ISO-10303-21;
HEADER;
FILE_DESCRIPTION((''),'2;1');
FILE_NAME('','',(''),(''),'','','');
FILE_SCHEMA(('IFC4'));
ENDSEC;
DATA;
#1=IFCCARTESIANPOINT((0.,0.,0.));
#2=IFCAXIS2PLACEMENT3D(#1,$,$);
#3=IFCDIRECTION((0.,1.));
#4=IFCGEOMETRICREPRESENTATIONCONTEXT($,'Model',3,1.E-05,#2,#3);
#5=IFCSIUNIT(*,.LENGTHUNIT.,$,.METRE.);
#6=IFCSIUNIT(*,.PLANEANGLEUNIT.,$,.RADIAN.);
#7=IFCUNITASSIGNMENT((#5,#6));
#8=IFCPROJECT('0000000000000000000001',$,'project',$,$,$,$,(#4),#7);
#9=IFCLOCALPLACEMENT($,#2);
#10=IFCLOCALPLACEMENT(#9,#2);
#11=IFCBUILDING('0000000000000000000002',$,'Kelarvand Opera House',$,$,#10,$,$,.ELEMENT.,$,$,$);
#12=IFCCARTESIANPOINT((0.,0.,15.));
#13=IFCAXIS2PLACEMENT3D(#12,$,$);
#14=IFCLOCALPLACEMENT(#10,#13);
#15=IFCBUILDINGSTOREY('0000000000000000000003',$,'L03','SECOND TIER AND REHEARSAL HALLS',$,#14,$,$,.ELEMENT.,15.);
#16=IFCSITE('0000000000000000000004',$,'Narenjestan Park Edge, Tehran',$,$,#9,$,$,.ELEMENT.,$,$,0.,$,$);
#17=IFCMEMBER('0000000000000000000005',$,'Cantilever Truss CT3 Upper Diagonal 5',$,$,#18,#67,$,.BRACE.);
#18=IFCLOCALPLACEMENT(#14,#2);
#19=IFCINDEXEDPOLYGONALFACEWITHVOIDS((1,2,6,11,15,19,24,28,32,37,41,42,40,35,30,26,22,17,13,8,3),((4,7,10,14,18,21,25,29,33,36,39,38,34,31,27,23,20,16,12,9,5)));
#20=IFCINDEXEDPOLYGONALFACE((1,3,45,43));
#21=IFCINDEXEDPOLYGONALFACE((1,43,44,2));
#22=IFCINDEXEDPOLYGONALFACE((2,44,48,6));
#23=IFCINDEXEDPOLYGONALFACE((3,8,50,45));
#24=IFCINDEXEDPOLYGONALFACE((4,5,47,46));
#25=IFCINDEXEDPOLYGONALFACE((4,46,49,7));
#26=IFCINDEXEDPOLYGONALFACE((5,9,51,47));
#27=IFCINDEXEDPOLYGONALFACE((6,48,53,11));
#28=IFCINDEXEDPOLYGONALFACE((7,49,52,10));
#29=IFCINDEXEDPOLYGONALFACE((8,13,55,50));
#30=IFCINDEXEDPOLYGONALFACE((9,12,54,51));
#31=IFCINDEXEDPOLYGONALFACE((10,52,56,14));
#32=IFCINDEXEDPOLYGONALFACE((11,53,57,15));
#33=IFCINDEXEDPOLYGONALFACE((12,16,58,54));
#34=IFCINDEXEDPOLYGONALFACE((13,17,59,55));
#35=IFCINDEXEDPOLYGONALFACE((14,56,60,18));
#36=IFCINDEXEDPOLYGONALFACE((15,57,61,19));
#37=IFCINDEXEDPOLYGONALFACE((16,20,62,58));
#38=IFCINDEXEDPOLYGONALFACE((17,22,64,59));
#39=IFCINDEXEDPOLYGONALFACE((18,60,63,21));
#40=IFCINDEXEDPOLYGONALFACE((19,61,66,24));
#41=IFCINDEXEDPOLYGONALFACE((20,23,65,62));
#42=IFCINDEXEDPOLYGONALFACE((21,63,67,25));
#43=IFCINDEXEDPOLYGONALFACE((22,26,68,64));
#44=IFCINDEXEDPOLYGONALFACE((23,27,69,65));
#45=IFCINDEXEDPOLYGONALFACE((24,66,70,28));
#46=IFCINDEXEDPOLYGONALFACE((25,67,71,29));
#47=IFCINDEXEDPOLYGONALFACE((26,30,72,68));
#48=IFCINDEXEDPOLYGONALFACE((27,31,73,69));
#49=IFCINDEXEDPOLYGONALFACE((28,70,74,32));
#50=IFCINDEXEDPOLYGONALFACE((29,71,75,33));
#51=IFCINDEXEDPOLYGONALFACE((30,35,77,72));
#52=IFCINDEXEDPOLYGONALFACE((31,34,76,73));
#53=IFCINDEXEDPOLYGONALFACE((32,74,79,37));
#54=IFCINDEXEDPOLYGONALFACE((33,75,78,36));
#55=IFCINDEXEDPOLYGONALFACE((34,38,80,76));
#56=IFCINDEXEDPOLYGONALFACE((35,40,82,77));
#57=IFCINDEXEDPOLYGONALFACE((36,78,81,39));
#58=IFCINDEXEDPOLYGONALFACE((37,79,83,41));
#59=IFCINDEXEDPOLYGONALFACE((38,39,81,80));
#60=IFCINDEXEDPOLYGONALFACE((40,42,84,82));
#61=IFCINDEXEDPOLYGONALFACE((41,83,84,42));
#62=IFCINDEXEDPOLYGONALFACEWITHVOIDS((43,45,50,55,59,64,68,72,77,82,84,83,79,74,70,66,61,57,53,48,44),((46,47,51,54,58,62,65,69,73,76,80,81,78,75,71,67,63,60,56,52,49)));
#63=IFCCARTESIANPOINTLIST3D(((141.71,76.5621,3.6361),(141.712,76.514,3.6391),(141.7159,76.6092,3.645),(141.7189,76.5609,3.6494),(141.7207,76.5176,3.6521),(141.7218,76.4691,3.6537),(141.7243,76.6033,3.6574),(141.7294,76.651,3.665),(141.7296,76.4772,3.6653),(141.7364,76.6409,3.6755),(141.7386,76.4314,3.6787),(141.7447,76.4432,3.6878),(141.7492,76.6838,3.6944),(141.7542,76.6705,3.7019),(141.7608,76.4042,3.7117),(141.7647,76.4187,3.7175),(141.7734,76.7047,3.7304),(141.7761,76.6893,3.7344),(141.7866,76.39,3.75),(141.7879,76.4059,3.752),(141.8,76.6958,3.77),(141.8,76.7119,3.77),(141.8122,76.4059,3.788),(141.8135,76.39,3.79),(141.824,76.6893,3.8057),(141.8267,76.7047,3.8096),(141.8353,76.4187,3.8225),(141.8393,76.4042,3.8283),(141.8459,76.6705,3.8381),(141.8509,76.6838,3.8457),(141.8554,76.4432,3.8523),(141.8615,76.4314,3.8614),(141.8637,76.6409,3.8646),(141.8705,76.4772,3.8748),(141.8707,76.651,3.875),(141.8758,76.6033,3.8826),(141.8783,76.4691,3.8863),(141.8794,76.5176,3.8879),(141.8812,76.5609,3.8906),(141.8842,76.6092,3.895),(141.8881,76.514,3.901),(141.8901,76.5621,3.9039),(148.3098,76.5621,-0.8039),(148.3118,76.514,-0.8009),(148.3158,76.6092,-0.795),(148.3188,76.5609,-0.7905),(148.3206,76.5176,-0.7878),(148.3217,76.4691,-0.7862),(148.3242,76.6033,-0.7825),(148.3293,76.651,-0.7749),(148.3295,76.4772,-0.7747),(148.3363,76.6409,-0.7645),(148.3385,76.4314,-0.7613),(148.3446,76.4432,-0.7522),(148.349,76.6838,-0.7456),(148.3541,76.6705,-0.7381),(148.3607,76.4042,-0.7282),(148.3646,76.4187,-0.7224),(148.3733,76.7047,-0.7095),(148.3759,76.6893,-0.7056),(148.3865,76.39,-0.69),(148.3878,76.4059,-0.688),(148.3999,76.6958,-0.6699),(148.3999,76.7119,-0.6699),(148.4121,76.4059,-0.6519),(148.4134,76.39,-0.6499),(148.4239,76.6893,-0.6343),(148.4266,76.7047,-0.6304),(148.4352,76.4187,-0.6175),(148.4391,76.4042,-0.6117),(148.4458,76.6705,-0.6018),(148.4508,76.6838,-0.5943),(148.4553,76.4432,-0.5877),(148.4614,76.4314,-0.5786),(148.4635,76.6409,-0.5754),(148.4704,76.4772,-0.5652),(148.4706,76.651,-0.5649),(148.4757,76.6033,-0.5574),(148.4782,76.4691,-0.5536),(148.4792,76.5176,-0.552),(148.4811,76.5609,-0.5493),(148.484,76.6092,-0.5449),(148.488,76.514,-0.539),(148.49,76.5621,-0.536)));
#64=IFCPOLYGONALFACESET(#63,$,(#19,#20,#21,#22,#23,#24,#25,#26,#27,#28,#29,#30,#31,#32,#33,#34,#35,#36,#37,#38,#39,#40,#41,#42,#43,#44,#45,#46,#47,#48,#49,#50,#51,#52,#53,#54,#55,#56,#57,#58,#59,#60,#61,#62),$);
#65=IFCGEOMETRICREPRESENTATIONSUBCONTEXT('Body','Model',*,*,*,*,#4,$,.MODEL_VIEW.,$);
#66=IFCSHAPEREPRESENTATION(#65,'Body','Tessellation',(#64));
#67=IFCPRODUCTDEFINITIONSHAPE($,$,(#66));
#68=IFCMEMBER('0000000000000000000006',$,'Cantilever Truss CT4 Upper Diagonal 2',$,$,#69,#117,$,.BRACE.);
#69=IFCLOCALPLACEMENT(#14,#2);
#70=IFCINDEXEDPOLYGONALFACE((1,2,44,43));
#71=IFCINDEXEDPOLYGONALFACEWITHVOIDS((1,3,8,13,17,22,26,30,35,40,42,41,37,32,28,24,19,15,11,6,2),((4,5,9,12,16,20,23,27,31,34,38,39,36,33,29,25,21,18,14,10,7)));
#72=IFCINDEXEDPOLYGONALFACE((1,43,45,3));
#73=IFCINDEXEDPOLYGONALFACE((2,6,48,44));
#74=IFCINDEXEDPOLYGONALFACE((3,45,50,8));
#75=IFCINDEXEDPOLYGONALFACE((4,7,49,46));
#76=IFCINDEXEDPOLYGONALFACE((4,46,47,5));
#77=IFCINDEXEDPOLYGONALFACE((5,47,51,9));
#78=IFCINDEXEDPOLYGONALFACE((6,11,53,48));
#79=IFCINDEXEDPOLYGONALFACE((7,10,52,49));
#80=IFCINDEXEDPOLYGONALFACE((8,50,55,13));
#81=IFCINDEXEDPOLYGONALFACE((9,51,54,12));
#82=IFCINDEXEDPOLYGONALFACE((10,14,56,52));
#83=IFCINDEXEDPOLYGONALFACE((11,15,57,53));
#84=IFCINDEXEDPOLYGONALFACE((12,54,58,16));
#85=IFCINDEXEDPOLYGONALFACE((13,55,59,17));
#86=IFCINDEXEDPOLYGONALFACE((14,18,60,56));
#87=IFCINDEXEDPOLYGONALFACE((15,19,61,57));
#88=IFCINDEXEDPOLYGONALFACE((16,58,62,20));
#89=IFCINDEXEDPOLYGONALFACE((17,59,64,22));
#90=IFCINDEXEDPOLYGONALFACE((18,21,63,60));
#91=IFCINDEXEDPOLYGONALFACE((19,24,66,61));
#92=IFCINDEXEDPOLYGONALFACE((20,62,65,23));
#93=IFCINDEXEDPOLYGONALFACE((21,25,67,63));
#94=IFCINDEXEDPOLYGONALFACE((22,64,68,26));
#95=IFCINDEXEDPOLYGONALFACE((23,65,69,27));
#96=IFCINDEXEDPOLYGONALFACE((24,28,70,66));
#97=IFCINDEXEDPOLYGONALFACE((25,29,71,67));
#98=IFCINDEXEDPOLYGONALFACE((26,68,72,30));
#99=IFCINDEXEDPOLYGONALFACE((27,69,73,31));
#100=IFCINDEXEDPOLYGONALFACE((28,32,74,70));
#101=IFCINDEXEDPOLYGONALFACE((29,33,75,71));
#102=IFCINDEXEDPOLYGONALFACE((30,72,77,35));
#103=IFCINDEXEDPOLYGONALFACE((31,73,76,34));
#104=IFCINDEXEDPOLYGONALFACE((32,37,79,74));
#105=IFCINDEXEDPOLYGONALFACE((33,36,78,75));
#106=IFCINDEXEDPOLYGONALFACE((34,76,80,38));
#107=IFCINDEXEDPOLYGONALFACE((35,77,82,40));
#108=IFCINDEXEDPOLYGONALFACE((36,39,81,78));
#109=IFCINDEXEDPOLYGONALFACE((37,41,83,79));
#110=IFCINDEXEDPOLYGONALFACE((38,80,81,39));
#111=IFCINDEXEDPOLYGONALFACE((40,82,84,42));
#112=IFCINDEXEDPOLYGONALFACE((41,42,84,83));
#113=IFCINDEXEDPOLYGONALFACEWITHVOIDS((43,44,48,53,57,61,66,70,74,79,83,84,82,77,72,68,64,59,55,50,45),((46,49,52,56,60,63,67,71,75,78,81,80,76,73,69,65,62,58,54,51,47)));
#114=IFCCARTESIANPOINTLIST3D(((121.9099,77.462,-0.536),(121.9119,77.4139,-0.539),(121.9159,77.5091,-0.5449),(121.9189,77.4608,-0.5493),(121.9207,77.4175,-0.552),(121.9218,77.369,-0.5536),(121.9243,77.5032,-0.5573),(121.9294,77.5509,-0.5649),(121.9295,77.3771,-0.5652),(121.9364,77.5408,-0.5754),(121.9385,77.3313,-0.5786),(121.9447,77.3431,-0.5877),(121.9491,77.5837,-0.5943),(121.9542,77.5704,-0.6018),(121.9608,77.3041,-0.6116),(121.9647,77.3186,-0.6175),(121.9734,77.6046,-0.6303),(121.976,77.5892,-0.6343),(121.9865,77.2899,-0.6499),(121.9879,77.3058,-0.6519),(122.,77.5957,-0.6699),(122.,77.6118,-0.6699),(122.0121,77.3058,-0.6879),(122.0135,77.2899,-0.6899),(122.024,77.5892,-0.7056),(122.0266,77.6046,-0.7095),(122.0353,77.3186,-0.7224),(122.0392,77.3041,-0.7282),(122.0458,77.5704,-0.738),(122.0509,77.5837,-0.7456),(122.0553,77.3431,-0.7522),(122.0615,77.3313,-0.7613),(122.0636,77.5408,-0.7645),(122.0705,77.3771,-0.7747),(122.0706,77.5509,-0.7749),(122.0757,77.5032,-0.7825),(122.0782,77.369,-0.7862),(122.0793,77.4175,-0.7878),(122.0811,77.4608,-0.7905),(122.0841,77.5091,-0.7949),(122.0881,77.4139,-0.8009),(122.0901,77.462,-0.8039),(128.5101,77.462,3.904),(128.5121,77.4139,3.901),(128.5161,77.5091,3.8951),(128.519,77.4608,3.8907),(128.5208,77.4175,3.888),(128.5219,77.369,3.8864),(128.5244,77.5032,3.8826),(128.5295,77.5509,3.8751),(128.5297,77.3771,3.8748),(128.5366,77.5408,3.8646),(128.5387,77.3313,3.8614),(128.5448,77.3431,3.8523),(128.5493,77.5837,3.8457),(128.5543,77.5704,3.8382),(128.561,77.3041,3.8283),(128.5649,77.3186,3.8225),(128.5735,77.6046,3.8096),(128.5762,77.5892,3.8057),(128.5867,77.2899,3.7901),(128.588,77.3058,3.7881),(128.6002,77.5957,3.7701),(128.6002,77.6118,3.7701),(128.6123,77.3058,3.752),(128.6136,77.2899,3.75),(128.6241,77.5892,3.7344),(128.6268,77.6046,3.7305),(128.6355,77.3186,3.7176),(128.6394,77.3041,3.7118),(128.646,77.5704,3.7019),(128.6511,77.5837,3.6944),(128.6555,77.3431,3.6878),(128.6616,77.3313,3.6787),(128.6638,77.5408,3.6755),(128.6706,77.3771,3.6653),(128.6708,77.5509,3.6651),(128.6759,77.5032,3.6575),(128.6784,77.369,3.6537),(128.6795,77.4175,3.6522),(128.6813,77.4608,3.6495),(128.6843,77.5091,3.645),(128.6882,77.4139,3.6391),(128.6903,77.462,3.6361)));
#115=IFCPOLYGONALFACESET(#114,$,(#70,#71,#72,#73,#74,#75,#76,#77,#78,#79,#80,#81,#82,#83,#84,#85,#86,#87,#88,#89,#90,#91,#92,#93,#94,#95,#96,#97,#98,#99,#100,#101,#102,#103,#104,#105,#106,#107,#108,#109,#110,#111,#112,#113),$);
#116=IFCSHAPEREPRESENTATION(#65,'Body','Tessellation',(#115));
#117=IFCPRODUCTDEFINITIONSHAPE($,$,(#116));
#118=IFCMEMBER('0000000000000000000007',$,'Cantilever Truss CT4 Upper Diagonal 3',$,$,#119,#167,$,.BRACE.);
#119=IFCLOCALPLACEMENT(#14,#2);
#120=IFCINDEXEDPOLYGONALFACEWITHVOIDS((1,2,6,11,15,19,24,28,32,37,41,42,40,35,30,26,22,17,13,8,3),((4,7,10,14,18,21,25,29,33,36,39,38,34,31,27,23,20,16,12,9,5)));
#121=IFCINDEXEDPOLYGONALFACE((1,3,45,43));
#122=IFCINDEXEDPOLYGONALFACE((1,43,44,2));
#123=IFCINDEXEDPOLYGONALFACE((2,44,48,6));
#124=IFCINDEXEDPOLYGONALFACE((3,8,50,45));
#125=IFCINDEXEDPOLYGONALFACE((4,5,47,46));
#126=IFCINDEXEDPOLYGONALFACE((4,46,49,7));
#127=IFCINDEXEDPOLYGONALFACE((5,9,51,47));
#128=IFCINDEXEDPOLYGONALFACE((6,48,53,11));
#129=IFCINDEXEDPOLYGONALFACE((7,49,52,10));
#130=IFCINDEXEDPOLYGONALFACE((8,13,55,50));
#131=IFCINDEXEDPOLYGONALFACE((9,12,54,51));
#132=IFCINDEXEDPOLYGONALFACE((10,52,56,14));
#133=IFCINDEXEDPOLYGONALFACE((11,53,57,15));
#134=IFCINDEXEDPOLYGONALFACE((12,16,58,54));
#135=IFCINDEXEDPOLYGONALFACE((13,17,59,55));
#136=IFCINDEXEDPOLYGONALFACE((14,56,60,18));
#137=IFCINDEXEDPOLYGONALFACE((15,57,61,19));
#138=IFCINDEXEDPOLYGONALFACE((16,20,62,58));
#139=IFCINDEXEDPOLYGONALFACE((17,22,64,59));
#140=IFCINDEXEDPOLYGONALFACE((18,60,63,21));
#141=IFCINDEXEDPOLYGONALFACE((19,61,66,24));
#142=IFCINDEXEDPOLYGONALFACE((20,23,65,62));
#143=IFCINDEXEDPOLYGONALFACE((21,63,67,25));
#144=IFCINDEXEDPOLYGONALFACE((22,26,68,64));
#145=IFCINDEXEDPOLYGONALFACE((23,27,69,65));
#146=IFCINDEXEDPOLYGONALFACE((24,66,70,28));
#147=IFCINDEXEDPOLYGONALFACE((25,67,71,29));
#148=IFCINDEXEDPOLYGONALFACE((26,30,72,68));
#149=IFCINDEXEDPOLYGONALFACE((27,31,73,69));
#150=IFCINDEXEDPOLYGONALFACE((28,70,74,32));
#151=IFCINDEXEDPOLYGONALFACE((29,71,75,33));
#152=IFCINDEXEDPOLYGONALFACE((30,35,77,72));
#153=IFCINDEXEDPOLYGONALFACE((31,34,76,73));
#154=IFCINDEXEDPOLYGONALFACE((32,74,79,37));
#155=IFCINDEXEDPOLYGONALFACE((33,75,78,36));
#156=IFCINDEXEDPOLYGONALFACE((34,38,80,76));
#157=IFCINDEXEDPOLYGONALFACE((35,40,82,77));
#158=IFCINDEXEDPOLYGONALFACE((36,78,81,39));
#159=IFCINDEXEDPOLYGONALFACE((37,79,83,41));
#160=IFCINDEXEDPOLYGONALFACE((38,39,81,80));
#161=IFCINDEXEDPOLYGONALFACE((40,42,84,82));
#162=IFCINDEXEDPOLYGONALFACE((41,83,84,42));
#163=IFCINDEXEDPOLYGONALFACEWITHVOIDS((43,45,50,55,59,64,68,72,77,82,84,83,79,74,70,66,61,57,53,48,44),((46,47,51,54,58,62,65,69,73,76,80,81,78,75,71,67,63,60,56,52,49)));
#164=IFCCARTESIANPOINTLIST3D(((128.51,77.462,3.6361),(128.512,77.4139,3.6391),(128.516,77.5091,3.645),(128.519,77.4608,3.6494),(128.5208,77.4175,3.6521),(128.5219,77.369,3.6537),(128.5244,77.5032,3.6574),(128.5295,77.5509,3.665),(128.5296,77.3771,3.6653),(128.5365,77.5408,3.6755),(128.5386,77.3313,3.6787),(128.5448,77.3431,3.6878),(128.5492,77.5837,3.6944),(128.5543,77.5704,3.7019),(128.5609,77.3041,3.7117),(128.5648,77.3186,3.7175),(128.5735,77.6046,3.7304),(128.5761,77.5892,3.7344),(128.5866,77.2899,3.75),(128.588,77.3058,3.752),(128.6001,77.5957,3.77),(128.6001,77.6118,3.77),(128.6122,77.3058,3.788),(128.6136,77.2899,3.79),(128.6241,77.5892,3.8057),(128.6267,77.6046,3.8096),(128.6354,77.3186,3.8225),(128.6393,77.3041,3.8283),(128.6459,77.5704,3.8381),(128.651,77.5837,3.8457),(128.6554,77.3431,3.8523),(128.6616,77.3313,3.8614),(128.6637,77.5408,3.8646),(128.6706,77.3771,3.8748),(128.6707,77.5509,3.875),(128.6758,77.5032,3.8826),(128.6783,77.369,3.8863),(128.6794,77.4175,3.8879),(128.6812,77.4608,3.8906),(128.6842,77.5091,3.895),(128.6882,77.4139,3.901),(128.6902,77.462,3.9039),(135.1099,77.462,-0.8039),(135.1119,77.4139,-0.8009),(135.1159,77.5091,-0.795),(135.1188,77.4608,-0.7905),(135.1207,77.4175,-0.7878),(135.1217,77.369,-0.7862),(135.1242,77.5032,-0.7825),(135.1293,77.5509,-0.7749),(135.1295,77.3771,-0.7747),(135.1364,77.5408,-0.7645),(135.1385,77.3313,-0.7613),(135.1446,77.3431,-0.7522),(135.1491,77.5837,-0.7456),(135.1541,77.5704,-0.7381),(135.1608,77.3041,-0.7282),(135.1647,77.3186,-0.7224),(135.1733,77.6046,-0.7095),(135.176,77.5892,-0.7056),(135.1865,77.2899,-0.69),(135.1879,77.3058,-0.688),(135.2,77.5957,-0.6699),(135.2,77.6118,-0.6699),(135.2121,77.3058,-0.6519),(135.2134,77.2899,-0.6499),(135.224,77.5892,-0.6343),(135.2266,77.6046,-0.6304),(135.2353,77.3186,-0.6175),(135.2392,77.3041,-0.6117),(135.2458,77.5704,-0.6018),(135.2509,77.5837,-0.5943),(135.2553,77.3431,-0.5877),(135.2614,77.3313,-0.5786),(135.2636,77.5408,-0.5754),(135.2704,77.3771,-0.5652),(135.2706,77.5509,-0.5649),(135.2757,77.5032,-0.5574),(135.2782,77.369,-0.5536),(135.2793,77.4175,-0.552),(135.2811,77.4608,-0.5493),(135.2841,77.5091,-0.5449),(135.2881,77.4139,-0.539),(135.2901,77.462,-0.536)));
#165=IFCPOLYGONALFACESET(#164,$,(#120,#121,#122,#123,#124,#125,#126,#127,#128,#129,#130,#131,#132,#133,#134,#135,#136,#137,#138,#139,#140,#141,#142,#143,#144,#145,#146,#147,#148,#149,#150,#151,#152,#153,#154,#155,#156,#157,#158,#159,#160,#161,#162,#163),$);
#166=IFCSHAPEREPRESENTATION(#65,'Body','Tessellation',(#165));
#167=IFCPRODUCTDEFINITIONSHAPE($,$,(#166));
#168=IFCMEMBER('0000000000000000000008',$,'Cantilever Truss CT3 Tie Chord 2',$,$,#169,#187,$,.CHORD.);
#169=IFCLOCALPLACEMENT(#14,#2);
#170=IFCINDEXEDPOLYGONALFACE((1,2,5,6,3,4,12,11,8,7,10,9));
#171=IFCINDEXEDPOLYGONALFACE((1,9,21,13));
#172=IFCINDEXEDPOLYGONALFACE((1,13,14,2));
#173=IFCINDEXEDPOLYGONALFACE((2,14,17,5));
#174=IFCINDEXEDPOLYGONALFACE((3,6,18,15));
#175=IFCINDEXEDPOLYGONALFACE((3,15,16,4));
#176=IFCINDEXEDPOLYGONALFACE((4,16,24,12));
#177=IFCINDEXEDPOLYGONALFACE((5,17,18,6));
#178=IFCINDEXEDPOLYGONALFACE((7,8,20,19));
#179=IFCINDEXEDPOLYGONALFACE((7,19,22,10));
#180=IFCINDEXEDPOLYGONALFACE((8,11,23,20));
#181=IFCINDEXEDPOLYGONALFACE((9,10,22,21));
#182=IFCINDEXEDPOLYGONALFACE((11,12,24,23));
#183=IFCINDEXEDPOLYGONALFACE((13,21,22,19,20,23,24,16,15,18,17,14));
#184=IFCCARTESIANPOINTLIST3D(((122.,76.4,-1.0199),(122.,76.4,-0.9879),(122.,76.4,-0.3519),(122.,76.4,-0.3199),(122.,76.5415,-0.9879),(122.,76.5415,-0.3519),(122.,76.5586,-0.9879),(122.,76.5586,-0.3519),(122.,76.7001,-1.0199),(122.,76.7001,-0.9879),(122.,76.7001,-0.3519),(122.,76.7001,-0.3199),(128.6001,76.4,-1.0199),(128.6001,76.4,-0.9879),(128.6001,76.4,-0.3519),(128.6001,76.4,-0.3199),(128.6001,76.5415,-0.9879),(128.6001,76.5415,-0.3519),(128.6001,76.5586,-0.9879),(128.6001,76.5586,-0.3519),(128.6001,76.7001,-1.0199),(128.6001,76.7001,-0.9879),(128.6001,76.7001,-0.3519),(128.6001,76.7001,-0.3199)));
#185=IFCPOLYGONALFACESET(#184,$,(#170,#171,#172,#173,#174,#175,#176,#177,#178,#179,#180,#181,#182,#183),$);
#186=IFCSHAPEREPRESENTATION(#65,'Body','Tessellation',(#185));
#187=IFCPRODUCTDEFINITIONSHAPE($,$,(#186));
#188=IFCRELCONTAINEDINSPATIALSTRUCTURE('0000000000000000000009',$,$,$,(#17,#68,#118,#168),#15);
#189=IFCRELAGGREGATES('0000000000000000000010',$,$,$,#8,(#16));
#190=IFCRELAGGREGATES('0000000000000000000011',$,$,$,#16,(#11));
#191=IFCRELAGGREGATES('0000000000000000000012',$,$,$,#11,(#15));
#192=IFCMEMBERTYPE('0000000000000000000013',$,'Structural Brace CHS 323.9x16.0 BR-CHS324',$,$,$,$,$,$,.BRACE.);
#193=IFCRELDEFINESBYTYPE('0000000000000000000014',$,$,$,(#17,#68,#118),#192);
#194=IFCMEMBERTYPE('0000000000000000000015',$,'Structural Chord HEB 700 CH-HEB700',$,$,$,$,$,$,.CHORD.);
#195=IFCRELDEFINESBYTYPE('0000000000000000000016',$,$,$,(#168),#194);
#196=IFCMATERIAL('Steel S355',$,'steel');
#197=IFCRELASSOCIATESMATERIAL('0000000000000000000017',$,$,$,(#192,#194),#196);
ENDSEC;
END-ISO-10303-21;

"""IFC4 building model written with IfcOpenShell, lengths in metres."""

from ifc_helpers import new_model, si_unit, direction, frame, origin, origin_2d, place, context, subcontext, project, spatial, hollow_circle, i_section, extrude, material, material_profile, profile_set, type_object, element, save


model = new_model("IFC4")

# Units and contexts
model_context = context("Model", 3, precision=1e-05, world=origin(), true_north=direction((0.0, 1.0)))
body_context = subcontext(model_context, "Body", "Model", "MODEL_VIEW")
ifc_project = project(units=[si_unit("LENGTHUNIT", "METRE"), si_unit("PLANEANGLEUNIT", "RADIAN")], contexts=[model_context])

# Site, building, storey
site_placement = place(None, origin())
site = spatial("IfcSite", under=ifc_project, at=site_placement, Name="Narenjestan Park Edge, Tehran", CompositionType="ELEMENT", RefElevation=0.0)
building_placement = place(site_placement, origin())
building = spatial("IfcBuilding", under=site, at=building_placement, Name="Kelarvand Opera House", CompositionType="ELEMENT")
storey_placement = place(building_placement, frame((0.0, 0.0, 15.0)))
storey = spatial("IfcBuildingStorey", under=building, at=storey_placement, Name="L03", Description="SECOND TIER AND REHEARSAL HALLS", CompositionType="ELEMENT", Elevation=15.0)

# Members
ifc_material = material(Name="Steel S355", Category="steel")
ifc_material_profile_1 = material_profile(ifc_material, hollow_circle(Radius=0.1619, WallThickness=0.0161, at=origin_2d()), Name="CHS 323.9x16.0", Category="steel")
ifc_profile_set_1 = profile_set([ifc_material_profile_1], Name="Steel S355")
member_type_1 = type_object("IfcMemberType", Name="Structural Brace CHS 323.9x16.0 BR-CHS324", PredefinedType="BRACE", material=ifc_profile_set_1)
member_1_placement = place(storey_placement, frame((141.8, 76.55, 3.77), z_axis=(0.82972, 0.0, -0.55818), x_axis=(0.0, 1.0, 0.0)))
element("IfcMember", 1, at=member_1_placement, inside=storey, type_object=member_type_1, Name="Cantilever Truss CT3 Upper Diagonal 5", PredefinedType="BRACE", context=body_context, shape_type="SweptSolid", body=[
    extrude(hollow_circle(Radius=0.1619, WallThickness=0.0161, at=origin_2d()), origin(), (0.0, 0.0, 1.0), 7.9543),
])
member_2_placement = place(storey_placement, frame((122.0, 77.45, -0.6699), z_axis=(0.829729, 0.0, 0.558166), x_axis=(0.0, 1.0, 0.0)))
element("IfcMember", 2, at=member_2_placement, inside=storey, type_object=member_type_1, Name="Cantilever Truss CT4 Upper Diagonal 2", PredefinedType="BRACE", context=body_context, shape_type="SweptSolid", body=[
    extrude(hollow_circle(Radius=0.1619, WallThickness=0.0161, at=origin_2d()), origin(), (0.0, 0.0, 1.0), 7.9546),
])
member_3_placement = place(storey_placement, frame((128.6001, 77.45, 3.77), z_axis=(0.82972, 0.0, -0.55818), x_axis=(0.0, 1.0, 0.0)))
element("IfcMember", 3, at=member_3_placement, inside=storey, type_object=member_type_1, Name="Cantilever Truss CT4 Upper Diagonal 3", PredefinedType="BRACE", context=body_context, shape_type="SweptSolid", body=[
    extrude(hollow_circle(Radius=0.1619, WallThickness=0.0161, at=origin_2d()), origin(), (0.0, 0.0, 1.0), 7.9543),
])
ifc_material_profile_2 = material_profile(ifc_material, i_section(OverallWidth=0.3, OverallDepth=0.7, WebThickness=0.0171, FlangeThickness=0.032, at=origin_2d()), Name="HEB 700", Category="steel")
ifc_profile_set_2 = profile_set([ifc_material_profile_2], Name="Steel S355")
member_type_2 = type_object("IfcMemberType", Name="Structural Chord HEB 700 CH-HEB700", PredefinedType="CHORD", material=ifc_profile_set_2)
member_4_placement = place(storey_placement, frame((122.0, 76.55, -0.6699), z_axis=(1.0, 0.0, 0.0), x_axis=(0.0, 1.0, 0.0)))
element("IfcMember", 4, at=member_4_placement, inside=storey, type_object=member_type_2, Name="Cantilever Truss CT3 Tie Chord 2", PredefinedType="CHORD", context=body_context, shape_type="SweptSolid", body=[
    extrude(i_section(OverallWidth=0.3, OverallDepth=0.7, WebThickness=0.0171, FlangeThickness=0.032, at=origin_2d()), origin(), (0.0, 0.0, 1.0), 6.6001),
])

save(model, "model.ifc")
